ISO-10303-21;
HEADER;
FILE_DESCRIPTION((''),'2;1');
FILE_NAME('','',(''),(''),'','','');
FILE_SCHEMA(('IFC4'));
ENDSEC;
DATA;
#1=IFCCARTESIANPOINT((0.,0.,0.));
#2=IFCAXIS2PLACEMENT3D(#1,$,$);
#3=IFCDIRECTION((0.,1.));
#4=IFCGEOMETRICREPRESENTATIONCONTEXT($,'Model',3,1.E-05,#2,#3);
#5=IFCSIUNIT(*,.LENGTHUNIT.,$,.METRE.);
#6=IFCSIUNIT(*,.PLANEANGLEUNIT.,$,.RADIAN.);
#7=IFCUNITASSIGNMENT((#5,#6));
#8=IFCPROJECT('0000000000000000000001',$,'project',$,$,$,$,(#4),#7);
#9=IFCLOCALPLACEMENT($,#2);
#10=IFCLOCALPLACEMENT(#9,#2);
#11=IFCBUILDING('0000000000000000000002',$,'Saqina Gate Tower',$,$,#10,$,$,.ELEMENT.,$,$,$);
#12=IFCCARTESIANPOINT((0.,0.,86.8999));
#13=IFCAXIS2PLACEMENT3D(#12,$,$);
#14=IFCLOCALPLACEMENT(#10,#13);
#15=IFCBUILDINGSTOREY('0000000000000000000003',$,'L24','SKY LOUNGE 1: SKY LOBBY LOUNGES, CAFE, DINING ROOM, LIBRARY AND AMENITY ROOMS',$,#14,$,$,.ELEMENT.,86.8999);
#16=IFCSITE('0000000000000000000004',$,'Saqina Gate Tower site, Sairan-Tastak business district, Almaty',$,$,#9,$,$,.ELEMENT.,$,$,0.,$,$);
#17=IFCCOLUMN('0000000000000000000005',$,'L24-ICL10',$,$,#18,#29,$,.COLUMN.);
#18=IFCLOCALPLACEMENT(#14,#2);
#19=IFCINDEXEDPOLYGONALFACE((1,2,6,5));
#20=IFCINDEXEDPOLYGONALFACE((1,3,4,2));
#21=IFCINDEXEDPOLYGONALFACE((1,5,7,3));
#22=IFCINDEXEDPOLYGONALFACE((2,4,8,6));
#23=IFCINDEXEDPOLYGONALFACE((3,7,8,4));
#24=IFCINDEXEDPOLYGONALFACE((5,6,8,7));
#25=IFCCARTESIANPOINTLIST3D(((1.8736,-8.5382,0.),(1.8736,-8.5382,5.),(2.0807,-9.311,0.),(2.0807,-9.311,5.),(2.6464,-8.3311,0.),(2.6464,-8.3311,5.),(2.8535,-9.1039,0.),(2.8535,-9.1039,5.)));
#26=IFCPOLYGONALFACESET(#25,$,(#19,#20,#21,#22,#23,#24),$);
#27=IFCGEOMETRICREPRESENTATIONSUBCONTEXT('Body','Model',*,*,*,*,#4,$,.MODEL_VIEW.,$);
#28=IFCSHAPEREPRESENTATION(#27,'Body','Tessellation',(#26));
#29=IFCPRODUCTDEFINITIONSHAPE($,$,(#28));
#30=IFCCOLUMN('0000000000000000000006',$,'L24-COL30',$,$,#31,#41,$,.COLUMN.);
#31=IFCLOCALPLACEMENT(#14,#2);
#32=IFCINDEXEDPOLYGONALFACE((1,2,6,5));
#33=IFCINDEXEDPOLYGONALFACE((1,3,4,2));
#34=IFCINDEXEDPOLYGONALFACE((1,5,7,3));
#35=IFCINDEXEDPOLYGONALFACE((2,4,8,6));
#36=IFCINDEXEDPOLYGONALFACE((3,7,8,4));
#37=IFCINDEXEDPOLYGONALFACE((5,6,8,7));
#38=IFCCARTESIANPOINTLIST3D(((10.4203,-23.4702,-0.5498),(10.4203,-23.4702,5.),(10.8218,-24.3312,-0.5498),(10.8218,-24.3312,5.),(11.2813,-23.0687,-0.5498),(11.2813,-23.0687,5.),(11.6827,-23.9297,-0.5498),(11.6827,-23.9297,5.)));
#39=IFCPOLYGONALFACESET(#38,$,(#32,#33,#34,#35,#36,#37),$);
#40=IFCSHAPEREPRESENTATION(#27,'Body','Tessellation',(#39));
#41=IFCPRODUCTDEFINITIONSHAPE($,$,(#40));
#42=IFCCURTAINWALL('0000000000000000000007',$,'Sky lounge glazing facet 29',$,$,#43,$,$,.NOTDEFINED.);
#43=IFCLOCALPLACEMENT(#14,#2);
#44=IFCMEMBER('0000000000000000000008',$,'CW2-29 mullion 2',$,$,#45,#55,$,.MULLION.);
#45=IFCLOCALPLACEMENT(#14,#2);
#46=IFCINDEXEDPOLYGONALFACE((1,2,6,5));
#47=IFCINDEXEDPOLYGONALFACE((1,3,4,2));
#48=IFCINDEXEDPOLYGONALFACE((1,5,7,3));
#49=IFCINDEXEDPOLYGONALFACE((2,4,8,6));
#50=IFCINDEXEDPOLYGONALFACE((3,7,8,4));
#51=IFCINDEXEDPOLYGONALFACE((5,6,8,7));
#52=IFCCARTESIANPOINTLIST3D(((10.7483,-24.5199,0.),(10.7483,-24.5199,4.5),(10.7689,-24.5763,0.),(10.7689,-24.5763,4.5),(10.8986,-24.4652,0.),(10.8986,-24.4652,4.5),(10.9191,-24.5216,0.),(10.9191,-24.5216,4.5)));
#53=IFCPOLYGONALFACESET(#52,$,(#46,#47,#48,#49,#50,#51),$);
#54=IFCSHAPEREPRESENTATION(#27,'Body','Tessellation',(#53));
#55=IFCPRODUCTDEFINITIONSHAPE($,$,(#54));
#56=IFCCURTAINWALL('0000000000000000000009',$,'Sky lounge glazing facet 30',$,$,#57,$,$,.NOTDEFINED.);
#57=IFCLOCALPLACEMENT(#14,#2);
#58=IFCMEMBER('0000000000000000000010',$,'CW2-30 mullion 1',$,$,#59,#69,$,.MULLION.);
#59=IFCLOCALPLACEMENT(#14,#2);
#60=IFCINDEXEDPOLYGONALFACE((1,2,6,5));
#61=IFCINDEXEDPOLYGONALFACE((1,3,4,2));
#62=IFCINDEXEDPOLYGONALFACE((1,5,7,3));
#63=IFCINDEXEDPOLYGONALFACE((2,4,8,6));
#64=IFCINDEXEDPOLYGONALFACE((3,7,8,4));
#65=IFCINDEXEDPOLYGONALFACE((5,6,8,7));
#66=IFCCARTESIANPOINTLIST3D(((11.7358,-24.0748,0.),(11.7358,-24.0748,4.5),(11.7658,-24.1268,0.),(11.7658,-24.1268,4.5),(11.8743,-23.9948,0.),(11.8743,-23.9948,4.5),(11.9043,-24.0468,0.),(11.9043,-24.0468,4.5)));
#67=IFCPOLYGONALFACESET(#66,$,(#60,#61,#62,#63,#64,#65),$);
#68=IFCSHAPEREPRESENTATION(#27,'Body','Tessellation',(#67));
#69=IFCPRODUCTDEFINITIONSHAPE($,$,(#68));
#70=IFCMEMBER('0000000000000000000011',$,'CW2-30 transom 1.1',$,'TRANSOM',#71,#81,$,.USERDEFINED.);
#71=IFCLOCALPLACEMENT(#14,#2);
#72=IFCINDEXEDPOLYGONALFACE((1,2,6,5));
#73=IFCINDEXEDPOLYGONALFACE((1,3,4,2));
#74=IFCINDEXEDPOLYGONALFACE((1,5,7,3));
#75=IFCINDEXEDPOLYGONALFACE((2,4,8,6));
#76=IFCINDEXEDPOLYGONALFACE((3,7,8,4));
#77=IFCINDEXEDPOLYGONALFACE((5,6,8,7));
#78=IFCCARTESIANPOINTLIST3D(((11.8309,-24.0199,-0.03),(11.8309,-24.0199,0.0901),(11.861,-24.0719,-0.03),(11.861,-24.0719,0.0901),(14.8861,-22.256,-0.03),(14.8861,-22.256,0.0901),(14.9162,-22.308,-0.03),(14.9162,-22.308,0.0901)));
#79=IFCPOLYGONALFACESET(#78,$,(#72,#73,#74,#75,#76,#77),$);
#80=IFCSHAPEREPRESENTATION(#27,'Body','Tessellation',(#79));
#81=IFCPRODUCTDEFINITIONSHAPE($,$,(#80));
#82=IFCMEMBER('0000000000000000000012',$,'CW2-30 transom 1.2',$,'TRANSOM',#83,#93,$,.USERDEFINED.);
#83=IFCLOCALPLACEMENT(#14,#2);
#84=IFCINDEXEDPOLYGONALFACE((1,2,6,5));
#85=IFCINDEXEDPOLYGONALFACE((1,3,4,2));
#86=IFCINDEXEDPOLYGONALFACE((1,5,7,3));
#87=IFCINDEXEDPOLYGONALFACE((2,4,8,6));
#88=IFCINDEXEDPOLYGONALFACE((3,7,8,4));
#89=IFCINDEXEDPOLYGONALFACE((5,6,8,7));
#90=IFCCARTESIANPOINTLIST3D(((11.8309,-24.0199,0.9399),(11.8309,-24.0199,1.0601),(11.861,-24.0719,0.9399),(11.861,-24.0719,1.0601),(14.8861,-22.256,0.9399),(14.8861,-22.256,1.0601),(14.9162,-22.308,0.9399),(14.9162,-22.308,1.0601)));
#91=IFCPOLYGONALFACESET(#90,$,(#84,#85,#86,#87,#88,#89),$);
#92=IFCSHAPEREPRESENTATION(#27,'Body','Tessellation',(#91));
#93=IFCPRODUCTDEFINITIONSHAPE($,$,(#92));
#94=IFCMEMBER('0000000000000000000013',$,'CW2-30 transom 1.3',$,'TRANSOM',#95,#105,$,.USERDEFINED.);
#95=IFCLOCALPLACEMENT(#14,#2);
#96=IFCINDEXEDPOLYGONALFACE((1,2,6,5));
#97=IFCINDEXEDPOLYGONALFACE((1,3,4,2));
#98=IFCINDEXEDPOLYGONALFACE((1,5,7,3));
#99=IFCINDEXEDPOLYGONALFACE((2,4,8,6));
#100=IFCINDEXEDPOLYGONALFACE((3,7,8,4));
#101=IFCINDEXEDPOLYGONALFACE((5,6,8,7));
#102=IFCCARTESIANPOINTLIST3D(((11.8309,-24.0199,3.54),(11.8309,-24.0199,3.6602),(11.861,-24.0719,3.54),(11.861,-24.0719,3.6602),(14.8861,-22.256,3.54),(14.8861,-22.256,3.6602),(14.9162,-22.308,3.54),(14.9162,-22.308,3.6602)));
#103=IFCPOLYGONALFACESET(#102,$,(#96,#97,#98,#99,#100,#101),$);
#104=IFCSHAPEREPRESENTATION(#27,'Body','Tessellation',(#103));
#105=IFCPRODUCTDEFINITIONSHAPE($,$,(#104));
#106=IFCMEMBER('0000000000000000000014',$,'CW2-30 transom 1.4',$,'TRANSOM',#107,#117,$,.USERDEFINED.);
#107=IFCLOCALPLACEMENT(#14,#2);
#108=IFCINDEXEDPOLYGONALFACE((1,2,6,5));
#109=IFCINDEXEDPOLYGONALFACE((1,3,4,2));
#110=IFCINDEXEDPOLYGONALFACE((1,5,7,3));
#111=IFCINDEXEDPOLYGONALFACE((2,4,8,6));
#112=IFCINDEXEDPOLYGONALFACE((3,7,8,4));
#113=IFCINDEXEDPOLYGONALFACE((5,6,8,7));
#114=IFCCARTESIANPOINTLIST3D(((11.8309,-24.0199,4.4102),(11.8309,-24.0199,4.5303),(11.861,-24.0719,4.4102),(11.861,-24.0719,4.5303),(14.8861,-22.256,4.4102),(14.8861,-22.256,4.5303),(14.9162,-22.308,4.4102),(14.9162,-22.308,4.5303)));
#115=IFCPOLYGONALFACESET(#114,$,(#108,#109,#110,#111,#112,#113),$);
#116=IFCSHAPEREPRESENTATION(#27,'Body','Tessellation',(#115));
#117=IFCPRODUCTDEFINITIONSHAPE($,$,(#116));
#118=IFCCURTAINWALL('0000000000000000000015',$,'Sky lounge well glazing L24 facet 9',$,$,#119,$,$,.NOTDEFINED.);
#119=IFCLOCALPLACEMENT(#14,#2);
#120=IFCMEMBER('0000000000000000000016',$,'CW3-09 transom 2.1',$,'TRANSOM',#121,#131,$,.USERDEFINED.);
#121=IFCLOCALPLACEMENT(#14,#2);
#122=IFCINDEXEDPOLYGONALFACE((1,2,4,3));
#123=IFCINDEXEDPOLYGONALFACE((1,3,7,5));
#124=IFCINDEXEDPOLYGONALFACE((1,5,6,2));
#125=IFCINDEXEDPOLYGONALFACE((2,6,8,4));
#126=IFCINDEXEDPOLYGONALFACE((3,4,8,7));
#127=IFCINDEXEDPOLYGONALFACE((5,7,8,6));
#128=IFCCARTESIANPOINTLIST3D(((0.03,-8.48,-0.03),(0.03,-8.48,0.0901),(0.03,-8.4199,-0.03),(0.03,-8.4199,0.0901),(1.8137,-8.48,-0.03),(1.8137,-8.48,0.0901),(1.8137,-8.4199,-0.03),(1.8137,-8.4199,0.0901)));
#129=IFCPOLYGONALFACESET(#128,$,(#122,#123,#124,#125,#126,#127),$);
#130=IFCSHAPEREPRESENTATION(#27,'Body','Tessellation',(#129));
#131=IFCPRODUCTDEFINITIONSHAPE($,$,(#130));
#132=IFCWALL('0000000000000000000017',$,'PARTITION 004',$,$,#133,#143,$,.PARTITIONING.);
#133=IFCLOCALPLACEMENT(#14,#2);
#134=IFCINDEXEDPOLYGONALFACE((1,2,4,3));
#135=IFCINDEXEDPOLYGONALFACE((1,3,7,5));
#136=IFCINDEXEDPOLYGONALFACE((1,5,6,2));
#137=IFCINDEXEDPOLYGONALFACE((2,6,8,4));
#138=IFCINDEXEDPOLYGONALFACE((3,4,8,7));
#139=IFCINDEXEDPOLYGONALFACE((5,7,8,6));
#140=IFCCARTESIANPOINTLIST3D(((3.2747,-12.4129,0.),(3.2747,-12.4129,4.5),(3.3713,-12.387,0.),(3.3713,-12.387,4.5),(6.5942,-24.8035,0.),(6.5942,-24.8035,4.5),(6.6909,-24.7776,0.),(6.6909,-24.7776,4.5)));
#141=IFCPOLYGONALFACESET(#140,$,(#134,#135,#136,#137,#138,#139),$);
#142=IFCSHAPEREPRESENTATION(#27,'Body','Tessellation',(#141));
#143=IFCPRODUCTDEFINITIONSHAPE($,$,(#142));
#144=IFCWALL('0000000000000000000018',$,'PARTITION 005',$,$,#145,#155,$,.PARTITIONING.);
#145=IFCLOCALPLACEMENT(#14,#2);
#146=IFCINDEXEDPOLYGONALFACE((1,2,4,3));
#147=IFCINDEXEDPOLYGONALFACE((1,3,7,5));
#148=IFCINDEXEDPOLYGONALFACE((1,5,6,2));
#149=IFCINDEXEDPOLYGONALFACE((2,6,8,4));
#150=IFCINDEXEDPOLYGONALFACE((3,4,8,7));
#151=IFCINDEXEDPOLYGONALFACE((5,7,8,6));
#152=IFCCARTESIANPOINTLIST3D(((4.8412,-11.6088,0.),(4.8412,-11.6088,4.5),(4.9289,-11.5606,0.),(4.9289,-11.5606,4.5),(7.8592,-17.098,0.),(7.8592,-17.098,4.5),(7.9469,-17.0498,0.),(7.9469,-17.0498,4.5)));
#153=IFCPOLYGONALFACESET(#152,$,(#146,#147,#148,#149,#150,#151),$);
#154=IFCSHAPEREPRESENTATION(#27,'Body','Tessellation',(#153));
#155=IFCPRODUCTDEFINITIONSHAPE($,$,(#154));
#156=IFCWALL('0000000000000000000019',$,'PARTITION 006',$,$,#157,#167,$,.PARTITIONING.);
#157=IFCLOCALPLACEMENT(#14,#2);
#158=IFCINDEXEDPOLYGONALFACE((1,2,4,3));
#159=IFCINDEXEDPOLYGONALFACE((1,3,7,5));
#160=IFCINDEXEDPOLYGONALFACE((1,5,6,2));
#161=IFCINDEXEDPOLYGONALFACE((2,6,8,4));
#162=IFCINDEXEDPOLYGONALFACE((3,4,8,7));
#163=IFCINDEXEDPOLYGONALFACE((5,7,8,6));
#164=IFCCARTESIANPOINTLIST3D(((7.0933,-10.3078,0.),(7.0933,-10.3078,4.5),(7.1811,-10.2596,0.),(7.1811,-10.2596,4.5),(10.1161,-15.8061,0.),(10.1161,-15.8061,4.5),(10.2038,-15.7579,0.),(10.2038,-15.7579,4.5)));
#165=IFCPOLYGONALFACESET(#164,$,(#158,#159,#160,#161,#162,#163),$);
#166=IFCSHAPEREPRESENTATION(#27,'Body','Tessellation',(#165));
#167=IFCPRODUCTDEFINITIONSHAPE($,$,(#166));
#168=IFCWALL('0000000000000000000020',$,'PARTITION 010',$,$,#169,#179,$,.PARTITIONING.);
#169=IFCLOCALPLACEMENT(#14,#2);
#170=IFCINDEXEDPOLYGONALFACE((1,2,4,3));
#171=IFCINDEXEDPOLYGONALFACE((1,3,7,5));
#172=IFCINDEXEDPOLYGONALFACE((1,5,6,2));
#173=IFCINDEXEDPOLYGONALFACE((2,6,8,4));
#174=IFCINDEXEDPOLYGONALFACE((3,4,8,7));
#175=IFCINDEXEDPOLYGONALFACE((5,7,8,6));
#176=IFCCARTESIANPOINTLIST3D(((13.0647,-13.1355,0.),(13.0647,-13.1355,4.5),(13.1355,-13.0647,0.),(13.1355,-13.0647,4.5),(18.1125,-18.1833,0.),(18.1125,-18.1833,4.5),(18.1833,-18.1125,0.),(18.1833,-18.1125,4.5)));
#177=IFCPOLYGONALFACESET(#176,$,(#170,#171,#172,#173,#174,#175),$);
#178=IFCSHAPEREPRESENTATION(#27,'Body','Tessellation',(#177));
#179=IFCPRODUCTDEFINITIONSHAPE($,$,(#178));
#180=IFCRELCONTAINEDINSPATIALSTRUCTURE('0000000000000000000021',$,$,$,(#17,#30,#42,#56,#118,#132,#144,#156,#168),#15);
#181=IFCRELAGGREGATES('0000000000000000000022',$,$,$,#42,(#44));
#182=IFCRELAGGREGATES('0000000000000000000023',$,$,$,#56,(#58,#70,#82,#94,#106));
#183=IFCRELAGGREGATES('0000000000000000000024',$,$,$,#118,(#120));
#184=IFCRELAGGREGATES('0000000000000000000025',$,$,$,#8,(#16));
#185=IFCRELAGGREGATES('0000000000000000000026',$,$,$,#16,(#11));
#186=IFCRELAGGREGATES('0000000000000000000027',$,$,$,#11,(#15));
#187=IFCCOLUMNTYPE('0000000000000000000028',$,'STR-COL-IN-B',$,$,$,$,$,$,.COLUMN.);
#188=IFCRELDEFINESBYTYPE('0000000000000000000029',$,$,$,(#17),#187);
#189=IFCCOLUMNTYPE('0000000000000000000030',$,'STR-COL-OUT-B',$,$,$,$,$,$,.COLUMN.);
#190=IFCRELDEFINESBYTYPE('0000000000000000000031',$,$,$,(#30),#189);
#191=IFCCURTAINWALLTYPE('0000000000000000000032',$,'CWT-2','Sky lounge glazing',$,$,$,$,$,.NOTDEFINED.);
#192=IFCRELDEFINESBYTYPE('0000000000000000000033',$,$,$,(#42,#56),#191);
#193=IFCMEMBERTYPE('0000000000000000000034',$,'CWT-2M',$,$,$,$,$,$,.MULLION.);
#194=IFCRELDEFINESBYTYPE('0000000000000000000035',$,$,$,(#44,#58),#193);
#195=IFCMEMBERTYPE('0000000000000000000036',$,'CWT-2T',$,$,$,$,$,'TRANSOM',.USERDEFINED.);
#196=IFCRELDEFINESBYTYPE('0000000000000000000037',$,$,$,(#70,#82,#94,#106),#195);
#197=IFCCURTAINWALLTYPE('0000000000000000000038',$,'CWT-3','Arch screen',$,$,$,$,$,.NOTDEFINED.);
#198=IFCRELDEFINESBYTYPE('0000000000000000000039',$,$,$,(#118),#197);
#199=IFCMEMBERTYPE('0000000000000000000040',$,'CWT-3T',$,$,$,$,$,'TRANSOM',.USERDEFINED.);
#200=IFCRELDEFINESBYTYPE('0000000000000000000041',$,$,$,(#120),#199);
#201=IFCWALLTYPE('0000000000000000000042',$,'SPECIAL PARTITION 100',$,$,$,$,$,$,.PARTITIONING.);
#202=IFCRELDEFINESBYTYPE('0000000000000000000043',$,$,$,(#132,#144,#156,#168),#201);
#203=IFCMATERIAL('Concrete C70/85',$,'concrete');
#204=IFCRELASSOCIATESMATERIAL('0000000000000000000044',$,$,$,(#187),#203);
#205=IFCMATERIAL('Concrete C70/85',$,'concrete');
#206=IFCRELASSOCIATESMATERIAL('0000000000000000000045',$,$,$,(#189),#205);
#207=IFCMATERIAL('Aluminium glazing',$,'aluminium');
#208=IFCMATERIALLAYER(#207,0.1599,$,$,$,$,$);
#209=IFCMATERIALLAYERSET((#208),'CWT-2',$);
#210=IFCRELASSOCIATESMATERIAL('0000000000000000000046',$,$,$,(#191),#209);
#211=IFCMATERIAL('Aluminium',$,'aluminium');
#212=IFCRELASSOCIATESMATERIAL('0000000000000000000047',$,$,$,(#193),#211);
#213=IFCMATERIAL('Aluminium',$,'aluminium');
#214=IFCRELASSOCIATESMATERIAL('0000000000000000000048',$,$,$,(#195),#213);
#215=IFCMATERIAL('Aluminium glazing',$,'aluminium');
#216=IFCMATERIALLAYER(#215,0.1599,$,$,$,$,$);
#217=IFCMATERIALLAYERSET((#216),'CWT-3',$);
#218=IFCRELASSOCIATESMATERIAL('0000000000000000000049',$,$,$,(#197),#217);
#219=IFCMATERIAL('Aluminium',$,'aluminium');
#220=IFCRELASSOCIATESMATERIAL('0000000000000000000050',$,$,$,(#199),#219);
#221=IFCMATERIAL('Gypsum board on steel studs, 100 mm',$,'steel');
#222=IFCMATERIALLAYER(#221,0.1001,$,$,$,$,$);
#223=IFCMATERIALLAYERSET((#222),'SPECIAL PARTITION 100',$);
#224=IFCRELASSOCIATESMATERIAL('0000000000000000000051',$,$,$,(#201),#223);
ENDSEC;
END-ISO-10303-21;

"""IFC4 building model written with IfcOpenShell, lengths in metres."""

from ifc_helpers import new_model, si_unit, direction, frame, frame_2d, origin, origin_2d, place, context, subcontext, project, spatial, rectangle, extrude, material, layer, layer_set, material_profile, profile_set, type_object, element, aggregate, save


model = new_model("IFC4")

# Units and contexts
model_context = context("Model", 3, precision=1e-05, world=origin(), true_north=direction((0.0, 1.0)))
body_context = subcontext(model_context, "Body", "Model", "MODEL_VIEW")
ifc_project = project(units=[si_unit("LENGTHUNIT", "METRE"), si_unit("PLANEANGLEUNIT", "RADIAN")], contexts=[model_context])

# Site, building, storey
site_placement = place(None, origin())
site = spatial("IfcSite", under=ifc_project, at=site_placement, Name="Saqina Gate Tower site, Sairan-Tastak business district, Almaty", CompositionType="ELEMENT", RefElevation=0.0)
building_placement = place(site_placement, origin())
building = spatial("IfcBuilding", under=site, at=building_placement, Name="Saqina Gate Tower", CompositionType="ELEMENT")
storey_placement = place(building_placement, frame((0.0, 0.0, 86.8999)))
storey = spatial("IfcBuildingStorey", under=building, at=storey_placement, Name="L24", Description="SKY LOUNGE 1: SKY LOBBY LOUNGES, CAFE, DINING ROOM, LIBRARY AND AMENITY ROOMS", CompositionType="ELEMENT", Elevation=86.8999)

# Columns
ifc_material_1 = material(Name="Concrete C70/85", Category="concrete")
ifc_material_profile_1 = material_profile(ifc_material_1, rectangle(XDim=0.8, YDim=0.8, at=origin_2d()), Name="RC 800x800")
ifc_profile_set_1 = profile_set([ifc_material_profile_1], Name="Concrete C70/85")
column_type_1 = type_object("IfcColumnType", Name="STR-COL-IN-B", PredefinedType="COLUMN", material=ifc_profile_set_1)
column_1_placement = place(storey_placement, frame((2.3635, -8.821, 0.0), z_axis=(0.0, 0.0, 1.0), x_axis=(0.258819, -0.965926, 0.0)))
element("IfcColumn", 1, at=column_1_placement, inside=storey, type_object=column_type_1, Name="L24-ICL10", PredefinedType="COLUMN", context=body_context, shape_type="SweptSolid", body=[
    extrude(rectangle(XDim=0.8, YDim=0.8, at=origin_2d()), origin(), (0.0, 0.0, 1.0), 5.0),
])
ifc_material_2 = material(Name="Concrete C70/85", Category="concrete")
ifc_material_profile_2 = material_profile(ifc_material_2, rectangle(XDim=0.95, YDim=0.95, at=origin_2d()), Name="RC 950x950")
ifc_profile_set_2 = profile_set([ifc_material_profile_2], Name="Concrete C70/85")
column_type_2 = type_object("IfcColumnType", Name="STR-COL-OUT-B", PredefinedType="COLUMN", material=ifc_profile_set_2)
column_2_placement = place(storey_placement, frame((11.0515, -23.7, -0.5498), z_axis=(0.0, 0.0, 1.0), x_axis=(0.422618, -0.906308, 0.0)))
element("IfcColumn", 2, at=column_2_placement, inside=storey, type_object=column_type_2, Name="L24-COL30", PredefinedType="COLUMN", context=body_context, shape_type="SweptSolid", body=[
    extrude(rectangle(XDim=0.95, YDim=0.95, at=origin_2d()), origin(), (0.0, 0.0, 1.0), 5.5498),
])

# Curtain wall, member
ifc_material_3 = material(Name="Aluminium glazing", Category="aluminium")
ifc_layer_1 = layer(ifc_material_3, 0.1599)
ifc_layer_set_1 = layer_set([ifc_layer_1], Name="CWT-2")
curtain_wall_type_1 = type_object("IfcCurtainWallType", Name="CWT-2", Description="Sky lounge glazing", PredefinedType="NOTDEFINED", material=ifc_layer_set_1)
curtain_wall_1_placement = place(storey_placement, origin())
curtain_wall_1 = element("IfcCurtainWall", 3, at=curtain_wall_1_placement, inside=storey, type_object=curtain_wall_type_1, Name="Sky lounge glazing facet 29", PredefinedType="NOTDEFINED")
ifc_material_4 = material(Name="Aluminium", Category="aluminium")
ifc_material_profile_3 = material_profile(ifc_material_4, rectangle(XDim=0.0601, YDim=0.1599, at=origin_2d()), Name="Aluminium 60x160")
ifc_profile_set_3 = profile_set([ifc_material_profile_3], Name="Aluminium")
member_type_1 = type_object("IfcMemberType", Name="CWT-2M", PredefinedType="MULLION", material=ifc_profile_set_3)
member_1_placement = place(storey_placement, frame((10.8337, -24.5208, 0.0), z_axis=(0.0, 0.0, 1.0), x_axis=(-0.342016, 0.939694, 0.0)))
member_1 = element("IfcMember", 4, at=member_1_placement, type_object=member_type_1, Name="CW2-29 mullion 2", PredefinedType="MULLION", context=body_context, shape_type="SweptSolid", body=[
    extrude(rectangle(XDim=0.0601, YDim=0.1599, at=origin_2d()), origin(), (0.0, 0.0, 1.0), 4.5),
])
aggregate(curtain_wall_1, [member_1])

# Curtain wall, members
curtain_wall_2_placement = place(storey_placement, origin())
curtain_wall_2 = element("IfcCurtainWall", 5, at=curtain_wall_2_placement, inside=storey, type_object=curtain_wall_type_1, Name="Sky lounge glazing facet 30", PredefinedType="NOTDEFINED")
member_2_placement = place(storey_placement, frame((11.8201, -24.0608, 0.0), z_axis=(0.0, 0.0, 1.0), x_axis=(-0.499999, 0.866026, 0.0)))
member_2 = element("IfcMember", 6, at=member_2_placement, type_object=member_type_1, Name="CW2-30 mullion 1", PredefinedType="MULLION", context=body_context, shape_type="SweptSolid", body=[
    extrude(rectangle(XDim=0.0601, YDim=0.1599, at=origin_2d()), origin(), (0.0, 0.0, 1.0), 4.5),
])
ifc_material_5 = material(Name="Aluminium", Category="aluminium")
ifc_material_profile_4 = material_profile(ifc_material_5, rectangle(XDim=0.0601, YDim=0.1201, at=origin_2d()), Name="Aluminium 60x120")
ifc_profile_set_4 = profile_set([ifc_material_profile_4], Name="Aluminium")
member_type_2 = type_object("IfcMemberType", Name="CWT-2T", ElementType="TRANSOM", PredefinedType="USERDEFINED", material=ifc_profile_set_4)
member_3_placement = place(storey_placement, frame((11.8459, -24.0459, 0.03), z_axis=(0.866024, 0.500002, 0.0), x_axis=(-0.500002, 0.866024, 0.0)))
member_3 = element("IfcMember", 7, at=member_3_placement, type_object=member_type_2, Name="CW2-30 transom 1.1", ObjectType="TRANSOM", PredefinedType="USERDEFINED", context=body_context, shape_type="SweptSolid", body=[
    extrude(rectangle(XDim=0.0601, YDim=0.1201, at=origin_2d()), origin(), (0.0, 0.0, 1.0), 3.5278),
])
member_4_placement = place(storey_placement, frame((11.8459, -24.0459, 1.0), z_axis=(0.866024, 0.500002, 0.0), x_axis=(-0.500002, 0.866024, 0.0)))
member_4 = element("IfcMember", 8, at=member_4_placement, type_object=member_type_2, Name="CW2-30 transom 1.2", ObjectType="TRANSOM", PredefinedType="USERDEFINED", context=body_context, shape_type="SweptSolid", body=[
    extrude(rectangle(XDim=0.0601, YDim=0.1201, at=origin_2d()), origin(), (0.0, 0.0, 1.0), 3.5278),
])
member_5_placement = place(storey_placement, frame((11.8459, -24.0459, 3.6001), z_axis=(0.866024, 0.500002, 0.0), x_axis=(-0.500002, 0.866024, 0.0)))
member_5 = element("IfcMember", 9, at=member_5_placement, type_object=member_type_2, Name="CW2-30 transom 1.3", ObjectType="TRANSOM", PredefinedType="USERDEFINED", context=body_context, shape_type="SweptSolid", body=[
    extrude(rectangle(XDim=0.0601, YDim=0.1201, at=origin_2d()), origin(), (0.0, 0.0, 1.0), 3.5278),
])
member_6_placement = place(storey_placement, frame((11.8459, -24.0459, 4.4702), z_axis=(0.866024, 0.500002, 0.0), x_axis=(-0.500002, 0.866024, 0.0)))
member_6 = element("IfcMember", 10, at=member_6_placement, type_object=member_type_2, Name="CW2-30 transom 1.4", ObjectType="TRANSOM", PredefinedType="USERDEFINED", context=body_context, shape_type="SweptSolid", body=[
    extrude(rectangle(XDim=0.0601, YDim=0.1201, at=origin_2d()), origin(), (0.0, 0.0, 1.0), 3.5278),
])
aggregate(curtain_wall_2, [member_2, member_3, member_4, member_5, member_6])

# Curtain wall, member
ifc_material_6 = material(Name="Aluminium glazing", Category="aluminium")
ifc_layer_2 = layer(ifc_material_6, 0.1599)
ifc_layer_set_2 = layer_set([ifc_layer_2], Name="CWT-3")
curtain_wall_type_2 = type_object("IfcCurtainWallType", Name="CWT-3", Description="Arch screen", PredefinedType="NOTDEFINED", material=ifc_layer_set_2)
curtain_wall_3_placement = place(storey_placement, origin())
curtain_wall_3 = element("IfcCurtainWall", 11, at=curtain_wall_3_placement, inside=storey, type_object=curtain_wall_type_2, Name="Sky lounge well glazing L24 facet 9", PredefinedType="NOTDEFINED")
ifc_material_7 = material(Name="Aluminium", Category="aluminium")
ifc_material_profile_5 = material_profile(ifc_material_7, rectangle(XDim=0.0601, YDim=0.1201, at=origin_2d()), Name="Aluminium 60x120")
ifc_profile_set_5 = profile_set([ifc_material_profile_5], Name="Aluminium")
member_type_3 = type_object("IfcMemberType", Name="CWT-3T", ElementType="TRANSOM", PredefinedType="USERDEFINED", material=ifc_profile_set_5)
member_7_placement = place(storey_placement, frame((0.03, -8.45, 0.03), z_axis=(1.0, 0.0, 0.0), x_axis=(0.0, 1.0, 0.0)))
member_7 = element("IfcMember", 12, at=member_7_placement, type_object=member_type_3, Name="CW3-09 transom 2.1", ObjectType="TRANSOM", PredefinedType="USERDEFINED", context=body_context, shape_type="SweptSolid", body=[
    extrude(rectangle(XDim=0.0601, YDim=0.1201, at=origin_2d()), origin(), (0.0, 0.0, 1.0), 1.7837),
])
aggregate(curtain_wall_3, [member_7])

# Walls
ifc_material_8 = material(Name="Gypsum board on steel studs, 100 mm", Category="steel")
ifc_layer_3 = layer(ifc_material_8, 0.1001)
ifc_layer_set_3 = layer_set([ifc_layer_3], Name="SPECIAL PARTITION 100")
wall_type_1 = type_object("IfcWallType", Name="SPECIAL PARTITION 100", PredefinedType="PARTITIONING", material=ifc_layer_set_3)
wall_1_placement = place(storey_placement, frame((3.323, -12.3999, 0.0), z_axis=(0.0, 0.0, 1.0), x_axis=(0.258784, -0.965935, 0.0)))
element("IfcWall", 13, at=wall_1_placement, inside=storey, type_object=wall_type_1, Name="PARTITION 004", PredefinedType="PARTITIONING", context=body_context, shape_type="SweptSolid", body=[
    extrude(rectangle(XDim=12.8276, YDim=0.1001, at=frame_2d((6.4138, 0.0))), origin(), (0.0, 0.0, 1.0), 4.5),
])
wall_2_placement = place(storey_placement, frame((4.885, -11.5847, 0.0), z_axis=(0.0, 0.0, 1.0), x_axis=(0.481793, -0.876285, 0.0)))
element("IfcWall", 14, at=wall_2_placement, inside=storey, type_object=wall_type_1, Name="PARTITION 005", PredefinedType="PARTITIONING", context=body_context, shape_type="SweptSolid", body=[
    extrude(rectangle(XDim=6.2642, YDim=0.1001, at=frame_2d((3.1321, 0.0))), origin(), (0.0, 0.0, 1.0), 4.5),
])
wall_3_placement = place(storey_placement, frame((7.1372, -10.2837, 0.0), z_axis=(0.0, 0.0, 1.0), x_axis=(0.481753, -0.876307, 0.0)))
element("IfcWall", 15, at=wall_3_placement, inside=storey, type_object=wall_type_1, Name="PARTITION 006", PredefinedType="PARTITIONING", context=body_context, shape_type="SweptSolid", body=[
    extrude(rectangle(XDim=6.2744, YDim=0.1001, at=frame_2d((3.1372, 0.0))), origin(), (0.0, 0.0, 1.0), 4.5),
])
wall_4_placement = place(storey_placement, frame((13.1001, -13.1001, 0.0), z_axis=(0.0, 0.0, 1.0), x_axis=(0.707107, -0.707107, 0.0)))
element("IfcWall", 16, at=wall_4_placement, inside=storey, type_object=wall_type_1, Name="PARTITION 010", PredefinedType="PARTITIONING", context=body_context, shape_type="SweptSolid", body=[
    extrude(rectangle(XDim=7.1387, YDim=0.1001, at=frame_2d((3.5693, 0.0))), origin(), (0.0, 0.0, 1.0), 4.5),
])

save(model, "model.ifc")
